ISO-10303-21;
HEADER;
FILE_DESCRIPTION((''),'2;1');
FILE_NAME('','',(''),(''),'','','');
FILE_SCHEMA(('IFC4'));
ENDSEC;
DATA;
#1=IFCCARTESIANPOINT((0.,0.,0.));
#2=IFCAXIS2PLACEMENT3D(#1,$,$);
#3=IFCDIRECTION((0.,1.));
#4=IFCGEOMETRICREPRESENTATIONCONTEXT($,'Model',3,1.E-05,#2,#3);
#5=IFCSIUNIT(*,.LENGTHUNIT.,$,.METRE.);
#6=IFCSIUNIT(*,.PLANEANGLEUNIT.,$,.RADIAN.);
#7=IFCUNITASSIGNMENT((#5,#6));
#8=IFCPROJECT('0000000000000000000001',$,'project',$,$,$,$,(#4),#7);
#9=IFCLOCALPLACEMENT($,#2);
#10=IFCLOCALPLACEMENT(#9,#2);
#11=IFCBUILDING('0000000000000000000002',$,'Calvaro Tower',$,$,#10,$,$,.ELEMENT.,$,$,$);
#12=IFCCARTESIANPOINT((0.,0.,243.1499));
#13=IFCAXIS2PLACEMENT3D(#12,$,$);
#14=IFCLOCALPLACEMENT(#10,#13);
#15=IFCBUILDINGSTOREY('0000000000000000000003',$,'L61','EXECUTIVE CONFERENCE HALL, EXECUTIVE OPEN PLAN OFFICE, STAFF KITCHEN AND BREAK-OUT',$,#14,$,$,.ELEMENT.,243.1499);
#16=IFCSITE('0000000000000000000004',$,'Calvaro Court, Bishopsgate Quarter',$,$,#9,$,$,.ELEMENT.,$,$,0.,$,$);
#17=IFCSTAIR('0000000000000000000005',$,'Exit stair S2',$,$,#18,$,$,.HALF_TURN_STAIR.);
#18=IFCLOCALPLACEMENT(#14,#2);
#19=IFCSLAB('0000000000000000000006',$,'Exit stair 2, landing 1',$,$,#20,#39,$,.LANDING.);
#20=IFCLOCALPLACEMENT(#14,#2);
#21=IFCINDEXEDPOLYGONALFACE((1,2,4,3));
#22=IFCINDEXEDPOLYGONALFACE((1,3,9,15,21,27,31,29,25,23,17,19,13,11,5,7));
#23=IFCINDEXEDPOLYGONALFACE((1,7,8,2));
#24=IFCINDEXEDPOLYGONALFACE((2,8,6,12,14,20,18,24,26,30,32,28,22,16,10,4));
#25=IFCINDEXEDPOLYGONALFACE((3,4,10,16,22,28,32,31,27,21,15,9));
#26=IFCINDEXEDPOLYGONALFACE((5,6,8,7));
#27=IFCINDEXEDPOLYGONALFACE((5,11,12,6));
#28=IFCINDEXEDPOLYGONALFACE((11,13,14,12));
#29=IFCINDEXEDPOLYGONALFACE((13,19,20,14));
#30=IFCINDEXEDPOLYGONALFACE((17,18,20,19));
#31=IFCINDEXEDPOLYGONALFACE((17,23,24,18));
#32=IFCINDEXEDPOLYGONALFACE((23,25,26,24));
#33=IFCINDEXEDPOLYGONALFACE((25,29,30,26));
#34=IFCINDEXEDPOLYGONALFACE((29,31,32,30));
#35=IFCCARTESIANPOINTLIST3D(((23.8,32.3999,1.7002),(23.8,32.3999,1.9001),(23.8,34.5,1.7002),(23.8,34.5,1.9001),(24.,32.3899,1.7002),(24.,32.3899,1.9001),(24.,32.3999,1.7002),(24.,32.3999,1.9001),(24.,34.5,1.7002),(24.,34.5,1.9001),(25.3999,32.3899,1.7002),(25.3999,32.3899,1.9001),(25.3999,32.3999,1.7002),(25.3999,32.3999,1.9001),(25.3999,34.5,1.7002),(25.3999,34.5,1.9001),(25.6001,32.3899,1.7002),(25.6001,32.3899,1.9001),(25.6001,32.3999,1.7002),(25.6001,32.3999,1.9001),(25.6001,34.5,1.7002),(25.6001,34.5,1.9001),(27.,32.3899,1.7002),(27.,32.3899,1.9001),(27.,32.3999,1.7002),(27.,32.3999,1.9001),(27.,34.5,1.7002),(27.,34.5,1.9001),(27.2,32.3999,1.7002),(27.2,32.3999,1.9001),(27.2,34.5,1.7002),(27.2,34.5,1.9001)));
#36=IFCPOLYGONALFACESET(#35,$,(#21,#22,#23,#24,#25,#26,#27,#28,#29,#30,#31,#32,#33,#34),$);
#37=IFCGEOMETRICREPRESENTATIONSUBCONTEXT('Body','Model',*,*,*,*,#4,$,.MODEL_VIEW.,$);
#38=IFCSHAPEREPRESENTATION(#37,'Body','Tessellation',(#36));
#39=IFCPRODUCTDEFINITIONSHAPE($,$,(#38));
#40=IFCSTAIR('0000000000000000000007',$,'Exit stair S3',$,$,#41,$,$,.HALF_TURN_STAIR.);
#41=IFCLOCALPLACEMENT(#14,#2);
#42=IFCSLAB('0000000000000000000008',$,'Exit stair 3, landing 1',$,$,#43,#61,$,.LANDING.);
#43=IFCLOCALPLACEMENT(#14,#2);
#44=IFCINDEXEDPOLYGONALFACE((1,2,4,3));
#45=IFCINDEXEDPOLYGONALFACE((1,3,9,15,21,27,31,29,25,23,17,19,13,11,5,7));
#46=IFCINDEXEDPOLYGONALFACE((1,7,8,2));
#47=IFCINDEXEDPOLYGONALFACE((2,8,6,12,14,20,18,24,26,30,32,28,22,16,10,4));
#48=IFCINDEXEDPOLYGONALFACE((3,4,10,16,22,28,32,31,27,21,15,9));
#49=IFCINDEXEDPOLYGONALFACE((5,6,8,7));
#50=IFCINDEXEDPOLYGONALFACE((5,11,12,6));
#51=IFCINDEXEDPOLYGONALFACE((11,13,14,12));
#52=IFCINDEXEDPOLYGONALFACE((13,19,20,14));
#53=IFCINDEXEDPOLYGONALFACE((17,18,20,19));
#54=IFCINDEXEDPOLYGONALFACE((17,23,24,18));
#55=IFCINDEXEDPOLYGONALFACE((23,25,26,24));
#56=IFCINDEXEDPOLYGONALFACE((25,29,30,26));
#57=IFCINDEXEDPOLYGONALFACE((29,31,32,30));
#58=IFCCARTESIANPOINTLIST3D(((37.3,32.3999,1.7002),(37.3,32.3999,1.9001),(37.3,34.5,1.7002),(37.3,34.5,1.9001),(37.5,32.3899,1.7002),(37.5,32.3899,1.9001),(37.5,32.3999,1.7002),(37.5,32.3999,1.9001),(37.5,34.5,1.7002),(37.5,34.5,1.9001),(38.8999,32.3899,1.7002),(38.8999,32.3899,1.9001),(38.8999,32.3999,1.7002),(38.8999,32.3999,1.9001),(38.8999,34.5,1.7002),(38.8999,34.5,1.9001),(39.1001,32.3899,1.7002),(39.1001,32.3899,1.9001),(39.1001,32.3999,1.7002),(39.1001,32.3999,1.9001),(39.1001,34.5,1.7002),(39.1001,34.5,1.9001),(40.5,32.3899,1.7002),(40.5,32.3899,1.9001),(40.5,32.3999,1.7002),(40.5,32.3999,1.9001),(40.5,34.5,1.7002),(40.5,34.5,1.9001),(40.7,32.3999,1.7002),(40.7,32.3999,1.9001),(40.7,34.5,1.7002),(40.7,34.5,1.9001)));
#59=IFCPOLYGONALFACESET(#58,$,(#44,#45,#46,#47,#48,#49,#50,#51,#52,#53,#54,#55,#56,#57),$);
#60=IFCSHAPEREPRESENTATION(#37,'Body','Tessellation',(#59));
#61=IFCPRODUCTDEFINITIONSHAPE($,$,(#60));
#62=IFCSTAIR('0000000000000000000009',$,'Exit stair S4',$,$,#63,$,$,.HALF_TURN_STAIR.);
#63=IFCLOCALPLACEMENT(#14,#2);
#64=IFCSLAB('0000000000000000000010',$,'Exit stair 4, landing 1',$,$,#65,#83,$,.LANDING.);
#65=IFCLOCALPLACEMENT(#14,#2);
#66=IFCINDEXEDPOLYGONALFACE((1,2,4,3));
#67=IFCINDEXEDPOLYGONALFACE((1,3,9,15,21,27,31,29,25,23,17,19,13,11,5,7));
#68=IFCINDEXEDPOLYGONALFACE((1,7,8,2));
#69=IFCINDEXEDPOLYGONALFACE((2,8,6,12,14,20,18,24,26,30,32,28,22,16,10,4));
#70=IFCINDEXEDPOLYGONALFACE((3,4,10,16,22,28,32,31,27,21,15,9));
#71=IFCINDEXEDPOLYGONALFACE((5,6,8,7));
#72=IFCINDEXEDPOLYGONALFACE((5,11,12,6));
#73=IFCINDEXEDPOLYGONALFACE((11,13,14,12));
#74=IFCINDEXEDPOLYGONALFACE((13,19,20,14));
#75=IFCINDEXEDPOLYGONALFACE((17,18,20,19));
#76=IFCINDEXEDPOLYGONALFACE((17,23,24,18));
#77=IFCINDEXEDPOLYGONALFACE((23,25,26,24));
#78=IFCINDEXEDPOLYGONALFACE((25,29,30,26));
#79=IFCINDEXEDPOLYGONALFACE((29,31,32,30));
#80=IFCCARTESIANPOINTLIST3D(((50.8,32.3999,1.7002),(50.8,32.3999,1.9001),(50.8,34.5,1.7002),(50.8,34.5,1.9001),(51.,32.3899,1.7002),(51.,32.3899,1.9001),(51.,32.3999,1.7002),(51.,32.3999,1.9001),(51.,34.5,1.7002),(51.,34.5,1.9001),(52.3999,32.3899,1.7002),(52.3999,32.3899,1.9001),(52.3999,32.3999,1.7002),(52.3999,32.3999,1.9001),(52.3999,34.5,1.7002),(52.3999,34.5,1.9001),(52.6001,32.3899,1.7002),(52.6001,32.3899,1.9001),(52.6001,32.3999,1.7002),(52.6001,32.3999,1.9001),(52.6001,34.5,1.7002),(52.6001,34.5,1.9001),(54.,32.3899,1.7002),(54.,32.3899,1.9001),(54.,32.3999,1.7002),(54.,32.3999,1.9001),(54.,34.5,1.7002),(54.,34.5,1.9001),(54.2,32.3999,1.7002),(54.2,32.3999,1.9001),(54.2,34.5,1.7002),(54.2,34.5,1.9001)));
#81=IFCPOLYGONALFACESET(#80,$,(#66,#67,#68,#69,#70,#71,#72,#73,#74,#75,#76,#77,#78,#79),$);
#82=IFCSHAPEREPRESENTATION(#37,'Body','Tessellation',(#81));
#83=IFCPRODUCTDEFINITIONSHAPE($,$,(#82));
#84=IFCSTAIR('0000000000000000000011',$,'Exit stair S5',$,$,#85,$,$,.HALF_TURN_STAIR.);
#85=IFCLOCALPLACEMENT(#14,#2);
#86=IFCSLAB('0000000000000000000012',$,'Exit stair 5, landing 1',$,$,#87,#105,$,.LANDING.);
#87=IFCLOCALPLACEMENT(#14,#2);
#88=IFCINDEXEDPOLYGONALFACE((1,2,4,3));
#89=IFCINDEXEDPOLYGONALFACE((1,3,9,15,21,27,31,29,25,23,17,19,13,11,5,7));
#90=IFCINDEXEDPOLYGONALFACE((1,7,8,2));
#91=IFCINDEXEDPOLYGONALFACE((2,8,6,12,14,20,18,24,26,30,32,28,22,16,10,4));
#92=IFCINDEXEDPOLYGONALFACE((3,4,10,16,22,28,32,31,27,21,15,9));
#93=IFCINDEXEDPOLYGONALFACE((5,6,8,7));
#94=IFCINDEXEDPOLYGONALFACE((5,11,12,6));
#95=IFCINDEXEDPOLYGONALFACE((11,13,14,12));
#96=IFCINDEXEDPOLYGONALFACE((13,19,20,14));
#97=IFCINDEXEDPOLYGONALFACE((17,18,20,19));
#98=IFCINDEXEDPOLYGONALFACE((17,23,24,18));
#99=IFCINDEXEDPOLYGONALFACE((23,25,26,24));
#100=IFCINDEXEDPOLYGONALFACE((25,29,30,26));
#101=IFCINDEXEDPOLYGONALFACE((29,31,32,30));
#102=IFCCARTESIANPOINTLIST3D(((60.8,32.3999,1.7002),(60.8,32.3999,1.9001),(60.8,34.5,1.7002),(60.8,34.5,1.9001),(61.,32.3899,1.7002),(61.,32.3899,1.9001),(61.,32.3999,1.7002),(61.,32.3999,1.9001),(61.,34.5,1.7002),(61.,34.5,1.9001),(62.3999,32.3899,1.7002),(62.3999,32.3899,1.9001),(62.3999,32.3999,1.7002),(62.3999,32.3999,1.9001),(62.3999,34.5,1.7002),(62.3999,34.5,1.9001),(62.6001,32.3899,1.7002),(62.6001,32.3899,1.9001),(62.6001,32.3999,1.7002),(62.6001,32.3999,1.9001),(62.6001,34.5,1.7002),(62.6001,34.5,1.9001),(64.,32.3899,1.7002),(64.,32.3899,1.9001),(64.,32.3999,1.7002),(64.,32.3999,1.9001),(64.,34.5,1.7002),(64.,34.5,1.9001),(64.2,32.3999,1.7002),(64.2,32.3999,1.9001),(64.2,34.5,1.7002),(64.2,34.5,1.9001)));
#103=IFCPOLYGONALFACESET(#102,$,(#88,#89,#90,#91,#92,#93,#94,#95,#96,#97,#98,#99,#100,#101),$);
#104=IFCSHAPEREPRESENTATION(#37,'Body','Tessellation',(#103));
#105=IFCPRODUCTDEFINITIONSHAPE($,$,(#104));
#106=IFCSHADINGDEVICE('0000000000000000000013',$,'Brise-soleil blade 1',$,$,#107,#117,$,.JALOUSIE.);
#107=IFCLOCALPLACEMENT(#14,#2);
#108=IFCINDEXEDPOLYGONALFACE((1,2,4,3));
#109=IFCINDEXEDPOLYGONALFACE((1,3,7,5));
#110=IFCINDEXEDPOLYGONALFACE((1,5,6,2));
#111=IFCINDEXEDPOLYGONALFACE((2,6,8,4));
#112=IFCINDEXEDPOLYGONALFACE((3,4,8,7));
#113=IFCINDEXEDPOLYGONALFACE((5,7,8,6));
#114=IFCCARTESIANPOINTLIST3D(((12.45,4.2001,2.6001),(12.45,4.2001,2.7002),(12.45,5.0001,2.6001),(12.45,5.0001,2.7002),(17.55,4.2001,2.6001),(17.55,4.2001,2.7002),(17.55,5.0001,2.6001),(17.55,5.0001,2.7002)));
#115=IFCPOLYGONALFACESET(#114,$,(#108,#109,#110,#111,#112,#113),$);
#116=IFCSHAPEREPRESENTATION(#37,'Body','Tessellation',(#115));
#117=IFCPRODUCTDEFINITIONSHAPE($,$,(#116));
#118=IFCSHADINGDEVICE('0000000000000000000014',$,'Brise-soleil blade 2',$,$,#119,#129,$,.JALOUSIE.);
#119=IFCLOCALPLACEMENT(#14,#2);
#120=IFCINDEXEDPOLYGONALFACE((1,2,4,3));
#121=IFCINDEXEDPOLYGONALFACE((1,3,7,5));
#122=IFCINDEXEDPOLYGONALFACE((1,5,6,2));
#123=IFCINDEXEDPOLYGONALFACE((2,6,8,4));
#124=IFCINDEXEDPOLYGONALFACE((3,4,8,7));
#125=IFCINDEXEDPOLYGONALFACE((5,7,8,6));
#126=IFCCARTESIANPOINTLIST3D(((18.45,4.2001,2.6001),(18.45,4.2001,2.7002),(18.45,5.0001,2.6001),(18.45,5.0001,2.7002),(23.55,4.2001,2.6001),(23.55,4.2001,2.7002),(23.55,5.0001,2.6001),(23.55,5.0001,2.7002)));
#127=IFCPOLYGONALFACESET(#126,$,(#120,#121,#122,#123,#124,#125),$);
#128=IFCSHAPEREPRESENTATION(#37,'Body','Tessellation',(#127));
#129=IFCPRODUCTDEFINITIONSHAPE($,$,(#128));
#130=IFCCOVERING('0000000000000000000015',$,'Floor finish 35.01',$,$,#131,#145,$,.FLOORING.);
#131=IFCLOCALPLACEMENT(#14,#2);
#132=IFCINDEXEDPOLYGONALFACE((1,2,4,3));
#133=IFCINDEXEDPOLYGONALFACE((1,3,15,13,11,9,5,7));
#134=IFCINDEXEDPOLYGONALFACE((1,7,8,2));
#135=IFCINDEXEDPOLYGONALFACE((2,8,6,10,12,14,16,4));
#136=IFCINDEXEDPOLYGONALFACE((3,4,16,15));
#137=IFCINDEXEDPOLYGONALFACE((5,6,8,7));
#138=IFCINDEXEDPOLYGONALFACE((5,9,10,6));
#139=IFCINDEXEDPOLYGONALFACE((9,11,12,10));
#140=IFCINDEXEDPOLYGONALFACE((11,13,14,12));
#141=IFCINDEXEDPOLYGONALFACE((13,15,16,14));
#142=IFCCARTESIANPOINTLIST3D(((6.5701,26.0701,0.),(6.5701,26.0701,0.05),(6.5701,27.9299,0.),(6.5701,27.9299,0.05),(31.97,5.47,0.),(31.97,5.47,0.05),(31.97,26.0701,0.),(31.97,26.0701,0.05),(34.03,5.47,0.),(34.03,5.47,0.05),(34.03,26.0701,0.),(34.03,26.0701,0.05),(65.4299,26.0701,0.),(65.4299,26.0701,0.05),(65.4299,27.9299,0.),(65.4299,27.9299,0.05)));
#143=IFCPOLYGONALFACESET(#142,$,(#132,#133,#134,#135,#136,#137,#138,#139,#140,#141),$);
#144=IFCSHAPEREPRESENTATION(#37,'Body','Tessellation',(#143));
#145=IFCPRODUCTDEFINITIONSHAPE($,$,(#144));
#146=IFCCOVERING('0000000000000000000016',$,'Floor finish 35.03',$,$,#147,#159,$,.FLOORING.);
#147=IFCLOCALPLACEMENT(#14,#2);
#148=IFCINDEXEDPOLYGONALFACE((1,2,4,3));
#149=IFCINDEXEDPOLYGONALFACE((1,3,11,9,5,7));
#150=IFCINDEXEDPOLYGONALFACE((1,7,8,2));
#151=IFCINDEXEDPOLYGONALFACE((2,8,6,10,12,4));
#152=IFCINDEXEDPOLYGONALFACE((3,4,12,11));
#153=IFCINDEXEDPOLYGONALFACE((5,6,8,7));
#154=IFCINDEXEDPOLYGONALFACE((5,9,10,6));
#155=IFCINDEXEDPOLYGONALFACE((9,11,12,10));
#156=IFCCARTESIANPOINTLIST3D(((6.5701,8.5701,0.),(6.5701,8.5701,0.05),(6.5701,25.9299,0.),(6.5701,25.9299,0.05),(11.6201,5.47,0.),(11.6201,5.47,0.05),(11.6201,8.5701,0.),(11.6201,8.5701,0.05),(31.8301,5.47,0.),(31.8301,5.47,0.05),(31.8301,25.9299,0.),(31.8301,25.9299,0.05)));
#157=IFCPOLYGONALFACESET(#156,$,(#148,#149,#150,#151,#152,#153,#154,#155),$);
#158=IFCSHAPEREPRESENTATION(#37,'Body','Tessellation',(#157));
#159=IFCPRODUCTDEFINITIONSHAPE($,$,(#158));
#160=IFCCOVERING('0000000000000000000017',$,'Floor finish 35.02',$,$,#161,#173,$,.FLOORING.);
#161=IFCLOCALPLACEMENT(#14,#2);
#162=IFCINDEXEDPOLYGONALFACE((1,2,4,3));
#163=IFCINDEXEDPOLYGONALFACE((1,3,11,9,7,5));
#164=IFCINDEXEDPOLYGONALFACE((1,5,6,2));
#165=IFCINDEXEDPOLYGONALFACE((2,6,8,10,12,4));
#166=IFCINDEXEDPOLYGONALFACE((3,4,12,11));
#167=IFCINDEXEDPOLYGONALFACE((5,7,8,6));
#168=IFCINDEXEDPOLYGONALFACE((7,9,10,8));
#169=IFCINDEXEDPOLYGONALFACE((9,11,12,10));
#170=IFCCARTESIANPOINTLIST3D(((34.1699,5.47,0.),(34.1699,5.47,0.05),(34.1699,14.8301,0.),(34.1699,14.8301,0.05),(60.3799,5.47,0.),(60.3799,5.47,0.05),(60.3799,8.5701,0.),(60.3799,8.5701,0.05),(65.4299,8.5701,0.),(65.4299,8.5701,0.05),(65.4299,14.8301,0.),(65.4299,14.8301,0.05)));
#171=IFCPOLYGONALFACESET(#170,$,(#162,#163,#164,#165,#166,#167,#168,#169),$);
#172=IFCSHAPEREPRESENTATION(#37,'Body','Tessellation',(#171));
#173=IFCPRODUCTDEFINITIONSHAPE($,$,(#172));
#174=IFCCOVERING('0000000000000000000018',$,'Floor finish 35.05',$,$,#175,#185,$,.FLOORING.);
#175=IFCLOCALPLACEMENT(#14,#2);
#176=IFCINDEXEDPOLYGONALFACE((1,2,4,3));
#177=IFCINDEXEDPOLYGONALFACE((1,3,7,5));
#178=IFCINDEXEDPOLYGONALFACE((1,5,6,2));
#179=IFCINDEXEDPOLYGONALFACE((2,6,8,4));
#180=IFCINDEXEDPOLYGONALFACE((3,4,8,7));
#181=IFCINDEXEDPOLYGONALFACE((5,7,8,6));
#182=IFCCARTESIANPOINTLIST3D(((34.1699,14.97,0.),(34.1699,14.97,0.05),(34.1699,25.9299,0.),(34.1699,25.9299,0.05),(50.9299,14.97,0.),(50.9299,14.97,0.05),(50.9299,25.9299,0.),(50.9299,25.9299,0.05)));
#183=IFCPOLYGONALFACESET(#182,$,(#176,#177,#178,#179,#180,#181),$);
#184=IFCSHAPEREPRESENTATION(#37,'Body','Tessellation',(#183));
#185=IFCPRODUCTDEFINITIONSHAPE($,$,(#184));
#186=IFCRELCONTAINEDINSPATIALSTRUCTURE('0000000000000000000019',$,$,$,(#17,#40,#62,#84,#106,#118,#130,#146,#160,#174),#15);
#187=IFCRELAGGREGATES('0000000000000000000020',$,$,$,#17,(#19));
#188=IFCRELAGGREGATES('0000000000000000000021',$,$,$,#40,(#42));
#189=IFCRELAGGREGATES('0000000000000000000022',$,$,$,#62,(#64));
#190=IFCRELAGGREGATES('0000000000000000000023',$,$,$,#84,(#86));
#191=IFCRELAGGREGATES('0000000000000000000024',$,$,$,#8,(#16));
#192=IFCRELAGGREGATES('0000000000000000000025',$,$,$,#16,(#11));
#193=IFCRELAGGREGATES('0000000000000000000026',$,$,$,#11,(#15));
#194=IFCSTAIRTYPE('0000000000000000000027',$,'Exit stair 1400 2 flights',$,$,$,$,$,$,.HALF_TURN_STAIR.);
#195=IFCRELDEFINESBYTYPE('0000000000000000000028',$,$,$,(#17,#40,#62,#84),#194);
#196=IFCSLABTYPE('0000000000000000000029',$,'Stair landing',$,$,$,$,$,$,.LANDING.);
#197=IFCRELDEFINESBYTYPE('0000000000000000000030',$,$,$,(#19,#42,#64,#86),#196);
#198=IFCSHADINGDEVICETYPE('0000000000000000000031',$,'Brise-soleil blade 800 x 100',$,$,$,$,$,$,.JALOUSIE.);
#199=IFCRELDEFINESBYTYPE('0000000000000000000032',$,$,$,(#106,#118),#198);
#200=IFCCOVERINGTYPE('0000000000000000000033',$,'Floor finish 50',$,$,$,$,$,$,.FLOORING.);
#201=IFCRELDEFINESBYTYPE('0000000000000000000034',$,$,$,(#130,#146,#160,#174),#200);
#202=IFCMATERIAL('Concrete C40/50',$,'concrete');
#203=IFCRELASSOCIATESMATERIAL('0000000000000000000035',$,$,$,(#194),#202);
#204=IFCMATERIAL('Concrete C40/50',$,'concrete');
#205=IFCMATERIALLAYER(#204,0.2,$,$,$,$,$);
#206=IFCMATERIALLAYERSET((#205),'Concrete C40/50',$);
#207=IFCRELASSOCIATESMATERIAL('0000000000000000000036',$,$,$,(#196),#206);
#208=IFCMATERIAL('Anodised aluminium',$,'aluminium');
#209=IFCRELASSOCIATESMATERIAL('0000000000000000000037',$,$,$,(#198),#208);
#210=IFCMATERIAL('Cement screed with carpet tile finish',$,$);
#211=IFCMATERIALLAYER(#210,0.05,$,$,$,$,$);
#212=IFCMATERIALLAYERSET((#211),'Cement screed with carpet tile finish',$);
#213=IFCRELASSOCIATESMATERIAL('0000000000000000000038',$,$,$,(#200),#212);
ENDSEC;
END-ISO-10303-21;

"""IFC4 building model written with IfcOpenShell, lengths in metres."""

from ifc_helpers import new_model, si_unit, direction, frame, origin, origin_2d, place, context, subcontext, project, spatial, polyline, rectangle, outline, extrude, material, layer, layer_set, material_profile, profile_set, type_object, element, aggregate, save


model = new_model("IFC4")

# Units and contexts
model_context = context("Model", 3, precision=1e-05, world=origin(), true_north=direction((0.0, 1.0)))
body_context = subcontext(model_context, "Body", "Model", "MODEL_VIEW")
ifc_project = project(units=[si_unit("LENGTHUNIT", "METRE"), si_unit("PLANEANGLEUNIT", "RADIAN")], contexts=[model_context])

# Site, building, storey
site_placement = place(None, origin())
site = spatial("IfcSite", under=ifc_project, at=site_placement, Name="Calvaro Court, Bishopsgate Quarter", CompositionType="ELEMENT", RefElevation=0.0)
building_placement = place(site_placement, origin())
building = spatial("IfcBuilding", under=site, at=building_placement, Name="Calvaro Tower", CompositionType="ELEMENT")
storey_placement = place(building_placement, frame((0.0, 0.0, 243.1499)))
storey = spatial("IfcBuildingStorey", under=building, at=storey_placement, Name="L61", Description="EXECUTIVE CONFERENCE HALL, EXECUTIVE OPEN PLAN OFFICE, STAFF KITCHEN AND BREAK-OUT", CompositionType="ELEMENT", Elevation=243.1499)

# Stairs, slabs
ifc_material_1 = material(Name="Concrete C40/50", Category="concrete")
stair_type = type_object("IfcStairType", Name="Exit stair 1400 2 flights", PredefinedType="HALF_TURN_STAIR", material=ifc_material_1)
ifc_material_2 = material(Name="Concrete C40/50", Category="concrete")
ifc_layer_1 = layer(ifc_material_2, 0.2)
ifc_layer_set_1 = layer_set([ifc_layer_1], Name="Concrete C40/50")
slab_type_1 = type_object("IfcSlabType", Name="Stair landing", PredefinedType="LANDING", material=ifc_layer_set_1)
stair_1_placement = place(storey_placement, origin())
stair_1 = element("IfcStair", 1, at=stair_1_placement, inside=storey, type_object=stair_type, Name="Exit stair S2", PredefinedType="HALF_TURN_STAIR")
slab_1_placement = place(storey_placement, frame((0.0, 0.0, 1.7002)))
slab_1 = element("IfcSlab", 2, at=slab_1_placement, type_object=slab_type_1, Name="Exit stair 2, landing 1", PredefinedType="LANDING", context=body_context, shape_type="SweptSolid", body=[
    extrude(outline(polyline([(25.3999, 32.3899), (24.0, 32.3899), (24.0, 32.3999), (23.8, 32.3999), (23.8, 34.5), (24.0, 34.5), (25.3999, 34.5), (25.6001, 34.5), (27.0, 34.5), (27.2, 34.5), (27.2, 32.3999), (27.0, 32.3999), (27.0, 32.3899), (25.6001, 32.3899), (25.6001, 32.3999), (25.3999, 32.3999), (25.3999, 32.3899)])), origin(), (0.0, 0.0, 1.0), 0.2),
])
aggregate(stair_1, [slab_1])
stair_2_placement = place(storey_placement, origin())
stair_2 = element("IfcStair", 3, at=stair_2_placement, inside=storey, type_object=stair_type, Name="Exit stair S3", PredefinedType="HALF_TURN_STAIR")
slab_2_placement = place(storey_placement, frame((0.0, 0.0, 1.7002)))
slab_2 = element("IfcSlab", 4, at=slab_2_placement, type_object=slab_type_1, Name="Exit stair 3, landing 1", PredefinedType="LANDING", context=body_context, shape_type="SweptSolid", body=[
    extrude(outline(polyline([(38.8999, 32.3899), (37.5, 32.3899), (37.5, 32.3999), (37.3, 32.3999), (37.3, 34.5), (37.5, 34.5), (38.8999, 34.5), (39.1001, 34.5), (40.5, 34.5), (40.7, 34.5), (40.7, 32.3999), (40.5, 32.3999), (40.5, 32.3899), (39.1001, 32.3899), (39.1001, 32.3999), (38.8999, 32.3999), (38.8999, 32.3899)])), origin(), (0.0, 0.0, 1.0), 0.2),
])
aggregate(stair_2, [slab_2])
stair_3_placement = place(storey_placement, origin())
stair_3 = element("IfcStair", 5, at=stair_3_placement, inside=storey, type_object=stair_type, Name="Exit stair S4", PredefinedType="HALF_TURN_STAIR")
slab_3_placement = place(storey_placement, frame((0.0, 0.0, 1.7002)))
slab_3 = element("IfcSlab", 6, at=slab_3_placement, type_object=slab_type_1, Name="Exit stair 4, landing 1", PredefinedType="LANDING", context=body_context, shape_type="SweptSolid", body=[
    extrude(outline(polyline([(52.3999, 32.3899), (51.0, 32.3899), (51.0, 32.3999), (50.8, 32.3999), (50.8, 34.5), (51.0, 34.5), (52.3999, 34.5), (52.6001, 34.5), (54.0, 34.5), (54.2, 34.5), (54.2, 32.3999), (54.0, 32.3999), (54.0, 32.3899), (52.6001, 32.3899), (52.6001, 32.3999), (52.3999, 32.3999), (52.3999, 32.3899)])), origin(), (0.0, 0.0, 1.0), 0.2),
])
aggregate(stair_3, [slab_3])
stair_4_placement = place(storey_placement, origin())
stair_4 = element("IfcStair", 7, at=stair_4_placement, inside=storey, type_object=stair_type, Name="Exit stair S5", PredefinedType="HALF_TURN_STAIR")
slab_4_placement = place(storey_placement, frame((0.0, 0.0, 1.7002)))
slab_4 = element("IfcSlab", 8, at=slab_4_placement, type_object=slab_type_1, Name="Exit stair 5, landing 1", PredefinedType="LANDING", context=body_context, shape_type="SweptSolid", body=[
    extrude(outline(polyline([(62.3999, 32.3899), (61.0, 32.3899), (61.0, 32.3999), (60.8, 32.3999), (60.8, 34.5), (61.0, 34.5), (62.3999, 34.5), (62.6001, 34.5), (64.0, 34.5), (64.2, 34.5), (64.2, 32.3999), (64.0, 32.3999), (64.0, 32.3899), (62.6001, 32.3899), (62.6001, 32.3999), (62.3999, 32.3999), (62.3999, 32.3899)])), origin(), (0.0, 0.0, 1.0), 0.2),
])
aggregate(stair_4, [slab_4])

# Shading devices
ifc_material_3 = material(Name="Anodised aluminium", Category="aluminium")
ifc_material_profile_1 = material_profile(ifc_material_3, rectangle(XDim=0.8, YDim=0.1001, at=origin_2d()), Name="Brise-soleil blade 800 x 100")
ifc_profile_set_1 = profile_set([ifc_material_profile_1], Name="Anodised aluminium")
shading_device_type_1 = type_object("IfcShadingDeviceType", Name="Brise-soleil blade 800 x 100", PredefinedType="JALOUSIE", material=ifc_profile_set_1)
for number, where, z_axis, x_axis, name in (
    (9, (12.45, 4.6001, 2.6501), (1.0, 0.0, 0.0), (0.0, 1.0, 0.0), "Brise-soleil blade 1"),
    (10, (18.45, 4.6001, 2.6501), (1.0, 0.0, 0.0), (0.0, 1.0, 0.0), "Brise-soleil blade 2"),
):
    element("IfcShadingDevice", number, at=place(storey_placement, frame(where, z_axis=z_axis, x_axis=x_axis)), inside=storey, type_object=shading_device_type_1, Name=name, PredefinedType="JALOUSIE", context=body_context, shape_type="SweptSolid", body=[
        extrude(rectangle(XDim=0.8, YDim=0.1001, at=origin_2d()), origin(), (0.0, 0.0, 1.0), 5.1001),
    ])

# Coverings
ifc_material_4 = material(Name="Cement screed with carpet tile finish")
ifc_layer_2 = layer(ifc_material_4, 0.05)
ifc_layer_set_2 = layer_set([ifc_layer_2], Name="Cement screed with carpet tile finish")
covering_type = type_object("IfcCoveringType", Name="Floor finish 50", PredefinedType="FLOORING", material=ifc_layer_set_2)
covering_1_placement = place(storey_placement, origin())
element("IfcCovering", 11, at=covering_1_placement, inside=storey, type_object=covering_type, Name="Floor finish 35.01", PredefinedType="FLOORING", context=body_context, shape_type="SweptSolid", body=[
    extrude(outline(polyline([(31.97, 5.47), (31.97, 26.0701), (6.5701, 26.0701), (6.5701, 27.9299), (65.4299, 27.9299), (65.4299, 26.0701), (34.03, 26.0701), (34.03, 5.47), (31.97, 5.47)])), origin(), (0.0, 0.0, 1.0), 0.05),
])
covering_2_placement = place(storey_placement, origin())
element("IfcCovering", 12, at=covering_2_placement, inside=storey, type_object=covering_type, Name="Floor finish 35.03", PredefinedType="FLOORING", context=body_context, shape_type="SweptSolid", body=[
    extrude(outline(polyline([(31.8301, 25.9299), (31.8301, 5.47), (11.6201, 5.47), (11.6201, 8.5701), (6.5701, 8.5701), (6.5701, 25.9299), (31.8301, 25.9299)])), origin(), (0.0, 0.0, 1.0), 0.05),
])
covering_3_placement = place(storey_placement, origin())
element("IfcCovering", 13, at=covering_3_placement, inside=storey, type_object=covering_type, Name="Floor finish 35.02", PredefinedType="FLOORING", context=body_context, shape_type="SweptSolid", body=[
    extrude(outline(polyline([(65.4299, 8.5701), (60.3799, 8.5701), (60.3799, 5.47), (34.1699, 5.47), (34.1699, 14.8301), (65.4299, 14.8301), (65.4299, 8.5701)])), origin(), (0.0, 0.0, 1.0), 0.05),
])
covering_4_placement = place(storey_placement, origin())
element("IfcCovering", 14, at=covering_4_placement, inside=storey, type_object=covering_type, Name="Floor finish 35.05", PredefinedType="FLOORING", context=body_context, shape_type="SweptSolid", body=[
    extrude(outline(polyline([(34.1699, 14.97), (34.1699, 25.9299), (50.9299, 25.9299), (50.9299, 14.97), (34.1699, 14.97)])), origin(), (0.0, 0.0, 1.0), 0.05),
])

save(model, "model.ifc")
